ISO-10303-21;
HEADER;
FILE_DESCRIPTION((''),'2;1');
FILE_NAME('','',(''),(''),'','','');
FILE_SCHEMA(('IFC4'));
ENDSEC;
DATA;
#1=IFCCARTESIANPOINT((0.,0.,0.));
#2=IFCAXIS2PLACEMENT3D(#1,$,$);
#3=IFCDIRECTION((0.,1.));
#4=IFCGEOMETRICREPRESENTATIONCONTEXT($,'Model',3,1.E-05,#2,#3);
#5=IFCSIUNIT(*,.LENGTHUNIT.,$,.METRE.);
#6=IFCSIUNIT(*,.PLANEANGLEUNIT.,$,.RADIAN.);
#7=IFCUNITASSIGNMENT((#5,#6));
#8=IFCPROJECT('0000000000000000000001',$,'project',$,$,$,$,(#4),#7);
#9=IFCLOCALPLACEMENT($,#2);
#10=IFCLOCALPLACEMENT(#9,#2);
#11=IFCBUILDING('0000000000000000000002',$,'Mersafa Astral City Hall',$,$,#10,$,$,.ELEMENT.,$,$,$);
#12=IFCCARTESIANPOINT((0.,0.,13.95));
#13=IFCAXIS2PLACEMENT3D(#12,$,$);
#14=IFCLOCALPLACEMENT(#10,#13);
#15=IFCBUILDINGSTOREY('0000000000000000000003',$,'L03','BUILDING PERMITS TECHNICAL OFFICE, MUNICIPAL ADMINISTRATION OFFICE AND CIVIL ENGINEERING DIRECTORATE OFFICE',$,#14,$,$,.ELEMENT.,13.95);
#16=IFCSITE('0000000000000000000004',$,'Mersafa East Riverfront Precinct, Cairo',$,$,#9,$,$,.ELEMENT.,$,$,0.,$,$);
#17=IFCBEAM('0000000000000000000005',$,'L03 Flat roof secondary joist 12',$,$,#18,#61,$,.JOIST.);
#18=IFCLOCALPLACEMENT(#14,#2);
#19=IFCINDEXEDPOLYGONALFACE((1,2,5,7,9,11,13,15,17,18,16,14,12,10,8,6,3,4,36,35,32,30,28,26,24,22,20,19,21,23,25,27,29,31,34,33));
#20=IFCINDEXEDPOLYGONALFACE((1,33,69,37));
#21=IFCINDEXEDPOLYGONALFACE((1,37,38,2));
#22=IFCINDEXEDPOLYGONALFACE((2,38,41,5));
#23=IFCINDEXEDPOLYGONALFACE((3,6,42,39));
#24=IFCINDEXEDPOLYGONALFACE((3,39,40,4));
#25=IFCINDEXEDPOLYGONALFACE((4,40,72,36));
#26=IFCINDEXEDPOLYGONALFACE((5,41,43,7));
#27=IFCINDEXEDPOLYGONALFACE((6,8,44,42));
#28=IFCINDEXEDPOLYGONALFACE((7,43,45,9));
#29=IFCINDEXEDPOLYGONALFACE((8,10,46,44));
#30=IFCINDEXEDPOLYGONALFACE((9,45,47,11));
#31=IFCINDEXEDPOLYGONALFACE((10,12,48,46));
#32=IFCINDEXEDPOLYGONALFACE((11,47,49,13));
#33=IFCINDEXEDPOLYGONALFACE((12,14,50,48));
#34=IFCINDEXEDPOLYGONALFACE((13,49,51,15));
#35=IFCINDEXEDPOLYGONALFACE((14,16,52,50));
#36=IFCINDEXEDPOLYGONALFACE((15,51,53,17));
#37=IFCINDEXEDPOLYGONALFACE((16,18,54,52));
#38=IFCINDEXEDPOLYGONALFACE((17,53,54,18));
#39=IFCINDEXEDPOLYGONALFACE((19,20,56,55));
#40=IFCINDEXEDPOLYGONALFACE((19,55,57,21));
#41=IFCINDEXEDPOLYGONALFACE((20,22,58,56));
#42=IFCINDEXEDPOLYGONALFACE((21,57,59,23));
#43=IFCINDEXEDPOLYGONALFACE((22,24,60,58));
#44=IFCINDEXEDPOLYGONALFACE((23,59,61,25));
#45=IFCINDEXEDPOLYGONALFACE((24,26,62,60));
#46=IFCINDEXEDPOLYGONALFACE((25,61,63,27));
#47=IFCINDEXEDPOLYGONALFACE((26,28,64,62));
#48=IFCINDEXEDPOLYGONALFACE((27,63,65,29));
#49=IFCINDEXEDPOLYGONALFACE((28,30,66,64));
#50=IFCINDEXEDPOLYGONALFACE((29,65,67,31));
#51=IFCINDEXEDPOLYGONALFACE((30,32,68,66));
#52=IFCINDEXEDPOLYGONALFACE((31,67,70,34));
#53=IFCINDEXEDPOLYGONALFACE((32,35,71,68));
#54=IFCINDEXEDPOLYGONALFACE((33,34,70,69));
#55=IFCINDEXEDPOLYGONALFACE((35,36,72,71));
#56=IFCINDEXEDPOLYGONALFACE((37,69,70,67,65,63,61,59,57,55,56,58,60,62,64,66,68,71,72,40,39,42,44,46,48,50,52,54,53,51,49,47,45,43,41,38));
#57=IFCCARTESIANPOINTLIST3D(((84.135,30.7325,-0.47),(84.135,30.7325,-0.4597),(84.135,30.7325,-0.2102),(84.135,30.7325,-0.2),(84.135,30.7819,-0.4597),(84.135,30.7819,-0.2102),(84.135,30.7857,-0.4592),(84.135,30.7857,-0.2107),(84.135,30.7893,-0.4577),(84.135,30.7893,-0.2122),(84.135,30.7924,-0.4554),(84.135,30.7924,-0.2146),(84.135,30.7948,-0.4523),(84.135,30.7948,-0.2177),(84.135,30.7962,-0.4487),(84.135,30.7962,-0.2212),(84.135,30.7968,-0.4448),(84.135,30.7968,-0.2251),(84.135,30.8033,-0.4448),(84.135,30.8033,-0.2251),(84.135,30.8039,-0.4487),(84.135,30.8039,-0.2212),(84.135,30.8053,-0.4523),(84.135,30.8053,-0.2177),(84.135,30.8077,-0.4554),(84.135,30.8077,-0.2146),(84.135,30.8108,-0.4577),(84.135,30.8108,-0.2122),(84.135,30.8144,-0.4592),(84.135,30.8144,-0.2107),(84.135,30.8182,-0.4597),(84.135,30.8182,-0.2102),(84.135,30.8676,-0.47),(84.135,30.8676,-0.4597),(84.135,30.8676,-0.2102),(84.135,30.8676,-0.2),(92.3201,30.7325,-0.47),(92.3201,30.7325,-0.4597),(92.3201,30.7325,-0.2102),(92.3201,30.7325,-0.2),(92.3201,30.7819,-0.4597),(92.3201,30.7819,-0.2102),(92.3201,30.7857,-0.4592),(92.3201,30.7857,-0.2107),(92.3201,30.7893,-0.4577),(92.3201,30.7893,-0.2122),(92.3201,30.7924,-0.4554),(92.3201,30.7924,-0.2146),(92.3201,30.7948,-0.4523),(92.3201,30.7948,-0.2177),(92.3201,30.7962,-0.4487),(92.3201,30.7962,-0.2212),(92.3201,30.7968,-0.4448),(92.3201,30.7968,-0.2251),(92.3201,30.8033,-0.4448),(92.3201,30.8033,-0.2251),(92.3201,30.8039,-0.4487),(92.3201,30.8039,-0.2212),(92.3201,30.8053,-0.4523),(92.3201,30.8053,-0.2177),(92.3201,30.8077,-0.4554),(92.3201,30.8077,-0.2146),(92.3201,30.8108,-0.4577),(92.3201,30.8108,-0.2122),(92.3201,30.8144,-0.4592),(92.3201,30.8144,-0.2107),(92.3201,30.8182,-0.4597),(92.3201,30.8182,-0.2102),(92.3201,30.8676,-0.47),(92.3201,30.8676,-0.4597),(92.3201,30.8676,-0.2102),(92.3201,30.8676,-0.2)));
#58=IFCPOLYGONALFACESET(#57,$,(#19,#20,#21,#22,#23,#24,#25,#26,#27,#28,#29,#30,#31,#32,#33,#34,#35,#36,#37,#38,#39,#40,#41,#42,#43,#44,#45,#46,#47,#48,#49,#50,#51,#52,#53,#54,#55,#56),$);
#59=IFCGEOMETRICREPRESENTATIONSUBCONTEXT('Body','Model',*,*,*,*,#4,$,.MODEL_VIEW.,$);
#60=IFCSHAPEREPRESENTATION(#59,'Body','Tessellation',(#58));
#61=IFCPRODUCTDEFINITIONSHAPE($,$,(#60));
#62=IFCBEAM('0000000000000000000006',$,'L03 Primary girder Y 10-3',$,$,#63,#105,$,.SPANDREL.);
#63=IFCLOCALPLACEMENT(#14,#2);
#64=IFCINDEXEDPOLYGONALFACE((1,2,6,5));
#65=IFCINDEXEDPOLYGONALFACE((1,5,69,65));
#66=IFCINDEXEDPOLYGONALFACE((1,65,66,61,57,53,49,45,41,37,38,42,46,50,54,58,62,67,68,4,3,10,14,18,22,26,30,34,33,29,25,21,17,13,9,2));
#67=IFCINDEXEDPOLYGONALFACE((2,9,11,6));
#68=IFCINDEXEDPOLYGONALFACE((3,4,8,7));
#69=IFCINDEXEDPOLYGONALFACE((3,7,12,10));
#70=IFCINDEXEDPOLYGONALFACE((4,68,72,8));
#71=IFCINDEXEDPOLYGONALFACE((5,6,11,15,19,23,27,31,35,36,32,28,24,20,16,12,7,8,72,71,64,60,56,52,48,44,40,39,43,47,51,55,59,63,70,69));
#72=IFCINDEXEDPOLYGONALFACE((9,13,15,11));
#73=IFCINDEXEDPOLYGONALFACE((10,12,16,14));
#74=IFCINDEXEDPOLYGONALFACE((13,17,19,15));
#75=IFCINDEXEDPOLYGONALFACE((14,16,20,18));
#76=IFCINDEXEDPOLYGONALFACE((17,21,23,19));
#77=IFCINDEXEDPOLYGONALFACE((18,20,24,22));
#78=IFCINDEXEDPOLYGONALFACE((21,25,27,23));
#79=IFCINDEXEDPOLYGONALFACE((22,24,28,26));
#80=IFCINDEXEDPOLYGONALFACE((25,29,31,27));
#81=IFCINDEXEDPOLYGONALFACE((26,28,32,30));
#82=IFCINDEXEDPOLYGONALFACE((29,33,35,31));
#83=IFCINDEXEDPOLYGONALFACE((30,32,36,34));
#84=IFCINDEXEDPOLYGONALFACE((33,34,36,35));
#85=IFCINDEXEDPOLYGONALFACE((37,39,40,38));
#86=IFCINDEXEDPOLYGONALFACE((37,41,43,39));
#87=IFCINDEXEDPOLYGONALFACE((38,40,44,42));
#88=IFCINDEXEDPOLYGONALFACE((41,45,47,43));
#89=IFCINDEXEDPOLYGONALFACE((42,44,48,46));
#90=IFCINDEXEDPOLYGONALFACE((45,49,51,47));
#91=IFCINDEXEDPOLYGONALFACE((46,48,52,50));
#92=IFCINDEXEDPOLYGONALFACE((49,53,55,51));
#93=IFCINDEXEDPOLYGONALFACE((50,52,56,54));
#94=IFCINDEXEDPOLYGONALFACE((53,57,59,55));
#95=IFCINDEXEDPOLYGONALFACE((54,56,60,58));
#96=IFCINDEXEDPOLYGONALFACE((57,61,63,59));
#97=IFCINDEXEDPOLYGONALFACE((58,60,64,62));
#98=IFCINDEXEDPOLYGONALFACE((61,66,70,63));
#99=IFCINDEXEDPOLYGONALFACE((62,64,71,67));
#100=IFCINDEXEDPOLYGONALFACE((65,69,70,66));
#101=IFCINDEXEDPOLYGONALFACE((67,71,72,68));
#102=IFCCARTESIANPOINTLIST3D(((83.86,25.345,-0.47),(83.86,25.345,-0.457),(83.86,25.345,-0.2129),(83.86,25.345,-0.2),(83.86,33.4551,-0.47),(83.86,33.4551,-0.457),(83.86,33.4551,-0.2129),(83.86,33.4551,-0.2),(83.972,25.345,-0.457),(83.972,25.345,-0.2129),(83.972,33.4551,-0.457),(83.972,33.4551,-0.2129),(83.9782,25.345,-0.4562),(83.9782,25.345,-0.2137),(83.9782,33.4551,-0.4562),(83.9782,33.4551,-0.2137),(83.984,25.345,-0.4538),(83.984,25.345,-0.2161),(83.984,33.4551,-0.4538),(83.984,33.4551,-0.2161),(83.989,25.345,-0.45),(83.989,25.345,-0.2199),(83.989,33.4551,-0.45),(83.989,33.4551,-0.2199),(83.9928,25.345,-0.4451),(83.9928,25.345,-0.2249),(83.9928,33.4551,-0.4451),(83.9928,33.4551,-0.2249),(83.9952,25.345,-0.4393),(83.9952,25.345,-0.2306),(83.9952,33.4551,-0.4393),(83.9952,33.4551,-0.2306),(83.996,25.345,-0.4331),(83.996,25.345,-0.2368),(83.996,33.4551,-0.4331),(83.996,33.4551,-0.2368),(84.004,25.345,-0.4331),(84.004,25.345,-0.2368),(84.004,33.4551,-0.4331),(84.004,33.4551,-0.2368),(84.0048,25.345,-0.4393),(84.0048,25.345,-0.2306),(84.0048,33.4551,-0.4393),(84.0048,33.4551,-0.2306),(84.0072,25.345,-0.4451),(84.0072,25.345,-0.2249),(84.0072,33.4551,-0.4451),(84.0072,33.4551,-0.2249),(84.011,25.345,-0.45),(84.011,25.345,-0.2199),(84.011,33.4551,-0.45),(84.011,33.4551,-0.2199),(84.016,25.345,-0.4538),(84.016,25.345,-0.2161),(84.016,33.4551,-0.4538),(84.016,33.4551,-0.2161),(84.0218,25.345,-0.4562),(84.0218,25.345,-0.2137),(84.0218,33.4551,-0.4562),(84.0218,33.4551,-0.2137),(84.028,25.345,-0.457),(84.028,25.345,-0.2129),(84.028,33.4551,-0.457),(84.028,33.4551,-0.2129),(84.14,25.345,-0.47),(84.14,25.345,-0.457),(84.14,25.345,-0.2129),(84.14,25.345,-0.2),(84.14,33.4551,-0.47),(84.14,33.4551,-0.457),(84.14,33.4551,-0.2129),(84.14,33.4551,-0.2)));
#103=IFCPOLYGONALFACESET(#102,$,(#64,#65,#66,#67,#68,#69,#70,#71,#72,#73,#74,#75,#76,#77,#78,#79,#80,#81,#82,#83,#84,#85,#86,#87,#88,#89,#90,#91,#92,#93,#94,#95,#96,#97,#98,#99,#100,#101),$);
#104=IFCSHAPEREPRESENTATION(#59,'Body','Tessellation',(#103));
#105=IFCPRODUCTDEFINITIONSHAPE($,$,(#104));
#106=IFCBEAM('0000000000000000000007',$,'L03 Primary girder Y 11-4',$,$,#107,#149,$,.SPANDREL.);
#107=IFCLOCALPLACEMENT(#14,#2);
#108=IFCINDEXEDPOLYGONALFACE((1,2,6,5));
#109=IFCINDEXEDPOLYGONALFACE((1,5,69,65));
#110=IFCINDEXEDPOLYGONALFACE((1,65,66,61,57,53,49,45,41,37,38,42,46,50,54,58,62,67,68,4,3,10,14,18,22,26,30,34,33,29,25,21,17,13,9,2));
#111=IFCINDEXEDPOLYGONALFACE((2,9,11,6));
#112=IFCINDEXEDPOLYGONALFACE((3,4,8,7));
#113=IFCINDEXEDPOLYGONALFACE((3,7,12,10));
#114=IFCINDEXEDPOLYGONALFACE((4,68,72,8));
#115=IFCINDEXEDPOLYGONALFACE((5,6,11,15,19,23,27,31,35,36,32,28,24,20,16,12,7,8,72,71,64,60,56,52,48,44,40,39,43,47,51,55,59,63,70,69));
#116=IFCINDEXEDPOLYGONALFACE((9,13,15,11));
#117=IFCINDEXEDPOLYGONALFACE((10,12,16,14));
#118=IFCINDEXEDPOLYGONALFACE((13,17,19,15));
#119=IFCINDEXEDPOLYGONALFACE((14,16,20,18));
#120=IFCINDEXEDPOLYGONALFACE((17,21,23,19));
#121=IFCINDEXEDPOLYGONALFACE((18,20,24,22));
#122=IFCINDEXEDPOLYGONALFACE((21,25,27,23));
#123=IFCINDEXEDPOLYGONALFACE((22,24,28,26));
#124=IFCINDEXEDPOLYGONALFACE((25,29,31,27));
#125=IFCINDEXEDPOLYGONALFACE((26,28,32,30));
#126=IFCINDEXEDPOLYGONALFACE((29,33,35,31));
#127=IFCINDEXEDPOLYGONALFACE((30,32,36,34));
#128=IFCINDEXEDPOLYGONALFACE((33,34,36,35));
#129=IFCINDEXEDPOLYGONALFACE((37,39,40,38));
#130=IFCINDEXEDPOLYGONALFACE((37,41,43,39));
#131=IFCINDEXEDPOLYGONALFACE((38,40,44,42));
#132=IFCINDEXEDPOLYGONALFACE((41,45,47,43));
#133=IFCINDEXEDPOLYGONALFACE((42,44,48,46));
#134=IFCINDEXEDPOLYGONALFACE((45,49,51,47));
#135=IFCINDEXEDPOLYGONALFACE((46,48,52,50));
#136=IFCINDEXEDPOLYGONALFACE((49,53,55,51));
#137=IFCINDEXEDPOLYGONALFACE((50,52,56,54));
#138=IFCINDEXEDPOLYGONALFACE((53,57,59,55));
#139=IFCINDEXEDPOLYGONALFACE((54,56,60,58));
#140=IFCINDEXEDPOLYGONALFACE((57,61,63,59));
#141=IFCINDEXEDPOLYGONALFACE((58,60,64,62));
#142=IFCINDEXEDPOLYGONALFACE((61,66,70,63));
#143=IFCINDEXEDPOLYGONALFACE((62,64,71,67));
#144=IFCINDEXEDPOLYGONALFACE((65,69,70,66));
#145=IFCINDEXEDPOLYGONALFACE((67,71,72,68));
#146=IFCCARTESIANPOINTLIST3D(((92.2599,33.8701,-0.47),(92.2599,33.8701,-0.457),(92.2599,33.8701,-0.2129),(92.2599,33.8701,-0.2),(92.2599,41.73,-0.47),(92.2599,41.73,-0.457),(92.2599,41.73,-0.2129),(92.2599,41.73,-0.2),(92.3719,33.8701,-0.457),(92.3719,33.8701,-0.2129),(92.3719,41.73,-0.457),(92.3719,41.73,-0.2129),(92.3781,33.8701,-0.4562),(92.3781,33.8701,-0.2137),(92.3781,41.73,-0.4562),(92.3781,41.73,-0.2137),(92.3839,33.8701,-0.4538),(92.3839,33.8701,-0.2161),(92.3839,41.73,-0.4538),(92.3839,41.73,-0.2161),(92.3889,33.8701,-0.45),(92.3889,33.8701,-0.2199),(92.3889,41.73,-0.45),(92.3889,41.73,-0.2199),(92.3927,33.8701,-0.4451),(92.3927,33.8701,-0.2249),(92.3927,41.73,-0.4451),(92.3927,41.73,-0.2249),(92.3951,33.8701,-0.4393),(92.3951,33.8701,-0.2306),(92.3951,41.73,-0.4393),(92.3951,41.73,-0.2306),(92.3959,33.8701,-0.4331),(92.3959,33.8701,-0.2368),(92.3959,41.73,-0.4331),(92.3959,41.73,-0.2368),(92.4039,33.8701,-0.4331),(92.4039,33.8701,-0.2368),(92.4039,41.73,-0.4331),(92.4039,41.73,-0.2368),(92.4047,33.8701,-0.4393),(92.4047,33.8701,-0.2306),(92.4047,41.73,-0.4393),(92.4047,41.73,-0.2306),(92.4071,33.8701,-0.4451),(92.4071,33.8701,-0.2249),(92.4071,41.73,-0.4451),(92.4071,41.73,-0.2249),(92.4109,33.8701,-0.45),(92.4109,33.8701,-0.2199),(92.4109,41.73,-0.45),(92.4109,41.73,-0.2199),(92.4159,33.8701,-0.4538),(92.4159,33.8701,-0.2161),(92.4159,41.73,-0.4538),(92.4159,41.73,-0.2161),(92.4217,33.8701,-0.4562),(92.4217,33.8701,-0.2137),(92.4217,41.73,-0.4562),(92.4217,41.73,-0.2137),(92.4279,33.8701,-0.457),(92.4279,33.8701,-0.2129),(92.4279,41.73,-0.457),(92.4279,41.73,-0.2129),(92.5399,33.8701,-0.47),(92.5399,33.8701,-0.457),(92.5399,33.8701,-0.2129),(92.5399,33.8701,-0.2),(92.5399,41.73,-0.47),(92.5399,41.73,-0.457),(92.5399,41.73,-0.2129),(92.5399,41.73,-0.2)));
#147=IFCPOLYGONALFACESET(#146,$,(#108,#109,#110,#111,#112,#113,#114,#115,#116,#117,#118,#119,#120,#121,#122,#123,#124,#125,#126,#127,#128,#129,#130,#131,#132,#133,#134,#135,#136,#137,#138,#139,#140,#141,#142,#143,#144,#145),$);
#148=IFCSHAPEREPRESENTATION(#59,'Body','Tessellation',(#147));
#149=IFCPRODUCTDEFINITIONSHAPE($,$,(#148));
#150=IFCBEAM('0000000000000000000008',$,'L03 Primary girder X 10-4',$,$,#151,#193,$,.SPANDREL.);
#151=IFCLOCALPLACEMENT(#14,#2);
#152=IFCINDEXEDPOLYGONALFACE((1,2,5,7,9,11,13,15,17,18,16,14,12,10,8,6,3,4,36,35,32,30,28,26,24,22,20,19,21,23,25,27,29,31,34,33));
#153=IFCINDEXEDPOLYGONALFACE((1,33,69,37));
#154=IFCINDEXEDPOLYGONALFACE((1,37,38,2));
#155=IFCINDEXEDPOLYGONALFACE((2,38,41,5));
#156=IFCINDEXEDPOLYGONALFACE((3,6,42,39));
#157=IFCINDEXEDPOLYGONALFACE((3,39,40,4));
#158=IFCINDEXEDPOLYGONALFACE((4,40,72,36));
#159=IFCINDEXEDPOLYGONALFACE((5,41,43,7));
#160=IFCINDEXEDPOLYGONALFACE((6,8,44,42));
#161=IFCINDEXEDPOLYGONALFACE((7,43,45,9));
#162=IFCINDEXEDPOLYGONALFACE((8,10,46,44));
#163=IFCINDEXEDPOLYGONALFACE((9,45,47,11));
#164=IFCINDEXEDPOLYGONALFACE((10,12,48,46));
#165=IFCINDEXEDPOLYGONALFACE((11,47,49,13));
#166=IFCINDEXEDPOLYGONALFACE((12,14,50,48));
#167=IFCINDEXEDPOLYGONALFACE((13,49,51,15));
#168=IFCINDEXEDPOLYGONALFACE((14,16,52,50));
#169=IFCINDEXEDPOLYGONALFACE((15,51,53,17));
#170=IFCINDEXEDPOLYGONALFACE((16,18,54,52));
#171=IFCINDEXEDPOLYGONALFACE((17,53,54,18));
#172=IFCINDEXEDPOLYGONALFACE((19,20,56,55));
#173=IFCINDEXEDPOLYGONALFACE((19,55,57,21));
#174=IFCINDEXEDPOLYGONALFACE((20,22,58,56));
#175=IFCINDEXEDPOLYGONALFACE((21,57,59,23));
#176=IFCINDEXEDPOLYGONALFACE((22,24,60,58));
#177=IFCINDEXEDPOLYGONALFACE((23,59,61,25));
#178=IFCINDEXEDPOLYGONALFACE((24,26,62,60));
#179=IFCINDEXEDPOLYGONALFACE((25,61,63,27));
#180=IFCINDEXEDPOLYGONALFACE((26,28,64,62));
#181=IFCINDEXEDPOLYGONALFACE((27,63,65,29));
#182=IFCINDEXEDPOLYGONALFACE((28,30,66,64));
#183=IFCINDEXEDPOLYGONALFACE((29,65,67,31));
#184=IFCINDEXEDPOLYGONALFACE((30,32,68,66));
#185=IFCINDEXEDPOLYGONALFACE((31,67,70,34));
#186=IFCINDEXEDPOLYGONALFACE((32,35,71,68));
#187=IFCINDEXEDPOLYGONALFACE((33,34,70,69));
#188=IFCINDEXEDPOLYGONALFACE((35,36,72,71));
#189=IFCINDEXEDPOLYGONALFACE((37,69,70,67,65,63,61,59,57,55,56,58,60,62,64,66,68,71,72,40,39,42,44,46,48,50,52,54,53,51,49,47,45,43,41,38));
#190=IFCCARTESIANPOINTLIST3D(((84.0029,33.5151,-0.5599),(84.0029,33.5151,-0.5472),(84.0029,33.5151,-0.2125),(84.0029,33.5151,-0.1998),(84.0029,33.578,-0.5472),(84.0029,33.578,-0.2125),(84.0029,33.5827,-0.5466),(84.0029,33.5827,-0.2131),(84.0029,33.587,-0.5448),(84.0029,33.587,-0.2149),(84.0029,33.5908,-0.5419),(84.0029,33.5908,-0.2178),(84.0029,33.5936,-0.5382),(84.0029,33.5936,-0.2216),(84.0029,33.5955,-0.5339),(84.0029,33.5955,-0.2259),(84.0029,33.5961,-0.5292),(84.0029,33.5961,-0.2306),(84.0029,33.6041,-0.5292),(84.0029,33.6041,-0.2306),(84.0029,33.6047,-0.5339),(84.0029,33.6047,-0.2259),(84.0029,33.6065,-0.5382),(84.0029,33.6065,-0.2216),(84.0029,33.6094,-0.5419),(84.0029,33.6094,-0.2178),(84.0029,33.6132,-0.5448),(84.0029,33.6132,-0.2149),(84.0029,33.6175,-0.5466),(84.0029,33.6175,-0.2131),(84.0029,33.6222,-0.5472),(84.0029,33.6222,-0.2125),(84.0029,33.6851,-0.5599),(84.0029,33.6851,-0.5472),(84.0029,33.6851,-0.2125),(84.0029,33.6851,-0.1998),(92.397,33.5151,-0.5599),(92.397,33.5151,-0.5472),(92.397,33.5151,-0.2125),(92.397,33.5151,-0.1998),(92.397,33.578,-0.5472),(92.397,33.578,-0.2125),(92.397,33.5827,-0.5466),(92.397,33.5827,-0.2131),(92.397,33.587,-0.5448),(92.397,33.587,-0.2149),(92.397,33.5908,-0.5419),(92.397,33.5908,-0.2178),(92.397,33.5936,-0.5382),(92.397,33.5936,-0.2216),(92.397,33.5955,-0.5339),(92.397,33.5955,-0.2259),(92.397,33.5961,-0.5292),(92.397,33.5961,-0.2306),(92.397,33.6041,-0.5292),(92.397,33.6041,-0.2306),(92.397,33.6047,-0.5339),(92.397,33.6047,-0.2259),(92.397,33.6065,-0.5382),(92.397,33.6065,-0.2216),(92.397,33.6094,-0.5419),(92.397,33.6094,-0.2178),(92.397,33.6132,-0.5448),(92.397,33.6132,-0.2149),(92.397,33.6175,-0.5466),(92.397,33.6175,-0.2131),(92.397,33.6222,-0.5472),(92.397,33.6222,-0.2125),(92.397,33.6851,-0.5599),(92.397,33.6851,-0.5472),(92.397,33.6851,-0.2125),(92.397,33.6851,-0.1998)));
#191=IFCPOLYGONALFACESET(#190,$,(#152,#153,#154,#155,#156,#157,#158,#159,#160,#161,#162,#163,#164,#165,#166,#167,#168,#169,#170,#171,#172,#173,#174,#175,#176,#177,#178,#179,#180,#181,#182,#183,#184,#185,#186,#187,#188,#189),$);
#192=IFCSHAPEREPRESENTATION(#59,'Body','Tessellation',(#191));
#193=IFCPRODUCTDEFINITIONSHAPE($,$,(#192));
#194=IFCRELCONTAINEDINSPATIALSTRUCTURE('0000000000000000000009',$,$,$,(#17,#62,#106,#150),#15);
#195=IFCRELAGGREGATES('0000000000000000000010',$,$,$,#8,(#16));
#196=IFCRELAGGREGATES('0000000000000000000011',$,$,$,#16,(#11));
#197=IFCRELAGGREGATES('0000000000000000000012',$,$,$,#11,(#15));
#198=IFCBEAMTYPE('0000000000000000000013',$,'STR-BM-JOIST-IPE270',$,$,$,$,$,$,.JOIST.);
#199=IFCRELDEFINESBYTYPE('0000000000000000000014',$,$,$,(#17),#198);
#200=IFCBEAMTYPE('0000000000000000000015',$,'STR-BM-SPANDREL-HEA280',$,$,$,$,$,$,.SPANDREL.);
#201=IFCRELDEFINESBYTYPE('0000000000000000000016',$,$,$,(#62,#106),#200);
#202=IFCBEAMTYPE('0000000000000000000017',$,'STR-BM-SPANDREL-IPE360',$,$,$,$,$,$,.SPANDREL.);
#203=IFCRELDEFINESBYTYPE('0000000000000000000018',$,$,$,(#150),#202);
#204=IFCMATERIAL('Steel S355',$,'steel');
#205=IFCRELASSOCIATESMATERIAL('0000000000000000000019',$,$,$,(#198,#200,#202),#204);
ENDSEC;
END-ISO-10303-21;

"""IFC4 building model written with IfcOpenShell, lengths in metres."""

from ifc_helpers import new_model, si_unit, direction, frame, origin, origin_2d, place, context, subcontext, project, spatial, i_section, extrude, material, material_profile, profile_set, type_object, element, save


model = new_model("IFC4")

# Units and contexts
model_context = context("Model", 3, precision=1e-05, world=origin(), true_north=direction((0.0, 1.0)))
body_context = subcontext(model_context, "Body", "Model", "MODEL_VIEW")
ifc_project = project(units=[si_unit("LENGTHUNIT", "METRE"), si_unit("PLANEANGLEUNIT", "RADIAN")], contexts=[model_context])

# Site, building, storey
site_placement = place(None, origin())
site = spatial("IfcSite", under=ifc_project, at=site_placement, Name="Mersafa East Riverfront Precinct, Cairo", CompositionType="ELEMENT", RefElevation=0.0)
building_placement = place(site_placement, origin())
building = spatial("IfcBuilding", under=site, at=building_placement, Name="Mersafa Astral City Hall", CompositionType="ELEMENT")
storey_placement = place(building_placement, frame((0.0, 0.0, 13.95)))
storey = spatial("IfcBuildingStorey", under=building, at=storey_placement, Name="L03", Description="BUILDING PERMITS TECHNICAL OFFICE, MUNICIPAL ADMINISTRATION OFFICE AND CIVIL ENGINEERING DIRECTORATE OFFICE", CompositionType="ELEMENT", Elevation=13.95)

# Beams
ifc_material_1 = material(Name="Steel S355", Category="steel")
ifc_material_profile_1 = material_profile(ifc_material_1, i_section(OverallWidth=0.135, OverallDepth=0.27, WebThickness=0.0066, FlangeThickness=0.0103, FilletRadius=0.0149, at=origin_2d()), Name="IPE 270")
ifc_profile_set_1 = profile_set([ifc_material_profile_1], Name="Steel S355")
beam_type_1 = type_object("IfcBeamType", Name="STR-BM-JOIST-IPE270", PredefinedType="JOIST", material=ifc_profile_set_1)
for number, where, z_axis, x_axis, name in (
    (1, (84.135, 30.8, -0.335), (1.0, 0.0, 0.0), (0.0, 1.0, 0.0), "L03 Flat roof secondary joist 12"),
):
    element("IfcBeam", number, at=place(storey_placement, frame(where, z_axis=z_axis, x_axis=x_axis)), inside=storey, type_object=beam_type_1, Name=name, PredefinedType="JOIST", context=body_context, shape_type="SweptSolid", body=[
        extrude(i_section(OverallWidth=0.135, OverallDepth=0.27, WebThickness=0.0066, FlangeThickness=0.0103, FilletRadius=0.0149, at=origin_2d()), origin(), (0.0, 0.0, 1.0), 8.1851),
    ])
ifc_material_profile_2 = material_profile(ifc_material_1, i_section(OverallWidth=0.28, OverallDepth=0.27, WebThickness=0.0081, FlangeThickness=0.0129, FilletRadius=0.0239, at=origin_2d()), Name="HEA 280")
ifc_profile_set_2 = profile_set([ifc_material_profile_2], Name="Steel S355")
beam_type_2 = type_object("IfcBeamType", Name="STR-BM-SPANDREL-HEA280", PredefinedType="SPANDREL", material=ifc_profile_set_2)
beam_1_placement = place(storey_placement, frame((84.0, 25.345, -0.335), z_axis=(0.0, 1.0, 0.0), x_axis=(-1.0, 0.0, 0.0)))
element("IfcBeam", 2, at=beam_1_placement, inside=storey, type_object=beam_type_2, Name="L03 Primary girder Y 10-3", PredefinedType="SPANDREL", context=body_context, shape_type="SweptSolid", body=[
    extrude(i_section(OverallWidth=0.28, OverallDepth=0.27, WebThickness=0.0081, FlangeThickness=0.0129, FilletRadius=0.0239, at=origin_2d()), origin(), (0.0, 0.0, 1.0), 8.1101),
])
beam_2_placement = place(storey_placement, frame((92.3999, 33.8701, -0.335), z_axis=(0.0, 1.0, 0.0), x_axis=(-1.0, 0.0, 0.0)))
element("IfcBeam", 3, at=beam_2_placement, inside=storey, type_object=beam_type_2, Name="L03 Primary girder Y 11-4", PredefinedType="SPANDREL", context=body_context, shape_type="SweptSolid", body=[
    extrude(i_section(OverallWidth=0.28, OverallDepth=0.27, WebThickness=0.0081, FlangeThickness=0.0129, FilletRadius=0.0239, at=origin_2d()), origin(), (0.0, 0.0, 1.0), 7.8599),
])
ifc_material_profile_3 = material_profile(ifc_material_1, i_section(OverallWidth=0.1699, OverallDepth=0.3601, WebThickness=0.0081, FlangeThickness=0.0127, FilletRadius=0.0181, at=origin_2d()), Name="IPE 360")
ifc_profile_set_3 = profile_set([ifc_material_profile_3], Name="Steel S355")
beam_type_3 = type_object("IfcBeamType", Name="STR-BM-SPANDREL-IPE360", PredefinedType="SPANDREL", material=ifc_profile_set_3)
beam_3_placement = place(storey_placement, frame((84.0029, 33.6001, -0.3799), z_axis=(1.0, 0.0, 0.0), x_axis=(0.0, 1.0, 0.0)))
element("IfcBeam", 4, at=beam_3_placement, inside=storey, type_object=beam_type_3, Name="L03 Primary girder X 10-4", PredefinedType="SPANDREL", context=body_context, shape_type="SweptSolid", body=[
    extrude(i_section(OverallWidth=0.1699, OverallDepth=0.3601, WebThickness=0.0081, FlangeThickness=0.0127, FilletRadius=0.0181, at=origin_2d()), origin(), (0.0, 0.0, 1.0), 8.394),
])

save(model, "model.ifc")
